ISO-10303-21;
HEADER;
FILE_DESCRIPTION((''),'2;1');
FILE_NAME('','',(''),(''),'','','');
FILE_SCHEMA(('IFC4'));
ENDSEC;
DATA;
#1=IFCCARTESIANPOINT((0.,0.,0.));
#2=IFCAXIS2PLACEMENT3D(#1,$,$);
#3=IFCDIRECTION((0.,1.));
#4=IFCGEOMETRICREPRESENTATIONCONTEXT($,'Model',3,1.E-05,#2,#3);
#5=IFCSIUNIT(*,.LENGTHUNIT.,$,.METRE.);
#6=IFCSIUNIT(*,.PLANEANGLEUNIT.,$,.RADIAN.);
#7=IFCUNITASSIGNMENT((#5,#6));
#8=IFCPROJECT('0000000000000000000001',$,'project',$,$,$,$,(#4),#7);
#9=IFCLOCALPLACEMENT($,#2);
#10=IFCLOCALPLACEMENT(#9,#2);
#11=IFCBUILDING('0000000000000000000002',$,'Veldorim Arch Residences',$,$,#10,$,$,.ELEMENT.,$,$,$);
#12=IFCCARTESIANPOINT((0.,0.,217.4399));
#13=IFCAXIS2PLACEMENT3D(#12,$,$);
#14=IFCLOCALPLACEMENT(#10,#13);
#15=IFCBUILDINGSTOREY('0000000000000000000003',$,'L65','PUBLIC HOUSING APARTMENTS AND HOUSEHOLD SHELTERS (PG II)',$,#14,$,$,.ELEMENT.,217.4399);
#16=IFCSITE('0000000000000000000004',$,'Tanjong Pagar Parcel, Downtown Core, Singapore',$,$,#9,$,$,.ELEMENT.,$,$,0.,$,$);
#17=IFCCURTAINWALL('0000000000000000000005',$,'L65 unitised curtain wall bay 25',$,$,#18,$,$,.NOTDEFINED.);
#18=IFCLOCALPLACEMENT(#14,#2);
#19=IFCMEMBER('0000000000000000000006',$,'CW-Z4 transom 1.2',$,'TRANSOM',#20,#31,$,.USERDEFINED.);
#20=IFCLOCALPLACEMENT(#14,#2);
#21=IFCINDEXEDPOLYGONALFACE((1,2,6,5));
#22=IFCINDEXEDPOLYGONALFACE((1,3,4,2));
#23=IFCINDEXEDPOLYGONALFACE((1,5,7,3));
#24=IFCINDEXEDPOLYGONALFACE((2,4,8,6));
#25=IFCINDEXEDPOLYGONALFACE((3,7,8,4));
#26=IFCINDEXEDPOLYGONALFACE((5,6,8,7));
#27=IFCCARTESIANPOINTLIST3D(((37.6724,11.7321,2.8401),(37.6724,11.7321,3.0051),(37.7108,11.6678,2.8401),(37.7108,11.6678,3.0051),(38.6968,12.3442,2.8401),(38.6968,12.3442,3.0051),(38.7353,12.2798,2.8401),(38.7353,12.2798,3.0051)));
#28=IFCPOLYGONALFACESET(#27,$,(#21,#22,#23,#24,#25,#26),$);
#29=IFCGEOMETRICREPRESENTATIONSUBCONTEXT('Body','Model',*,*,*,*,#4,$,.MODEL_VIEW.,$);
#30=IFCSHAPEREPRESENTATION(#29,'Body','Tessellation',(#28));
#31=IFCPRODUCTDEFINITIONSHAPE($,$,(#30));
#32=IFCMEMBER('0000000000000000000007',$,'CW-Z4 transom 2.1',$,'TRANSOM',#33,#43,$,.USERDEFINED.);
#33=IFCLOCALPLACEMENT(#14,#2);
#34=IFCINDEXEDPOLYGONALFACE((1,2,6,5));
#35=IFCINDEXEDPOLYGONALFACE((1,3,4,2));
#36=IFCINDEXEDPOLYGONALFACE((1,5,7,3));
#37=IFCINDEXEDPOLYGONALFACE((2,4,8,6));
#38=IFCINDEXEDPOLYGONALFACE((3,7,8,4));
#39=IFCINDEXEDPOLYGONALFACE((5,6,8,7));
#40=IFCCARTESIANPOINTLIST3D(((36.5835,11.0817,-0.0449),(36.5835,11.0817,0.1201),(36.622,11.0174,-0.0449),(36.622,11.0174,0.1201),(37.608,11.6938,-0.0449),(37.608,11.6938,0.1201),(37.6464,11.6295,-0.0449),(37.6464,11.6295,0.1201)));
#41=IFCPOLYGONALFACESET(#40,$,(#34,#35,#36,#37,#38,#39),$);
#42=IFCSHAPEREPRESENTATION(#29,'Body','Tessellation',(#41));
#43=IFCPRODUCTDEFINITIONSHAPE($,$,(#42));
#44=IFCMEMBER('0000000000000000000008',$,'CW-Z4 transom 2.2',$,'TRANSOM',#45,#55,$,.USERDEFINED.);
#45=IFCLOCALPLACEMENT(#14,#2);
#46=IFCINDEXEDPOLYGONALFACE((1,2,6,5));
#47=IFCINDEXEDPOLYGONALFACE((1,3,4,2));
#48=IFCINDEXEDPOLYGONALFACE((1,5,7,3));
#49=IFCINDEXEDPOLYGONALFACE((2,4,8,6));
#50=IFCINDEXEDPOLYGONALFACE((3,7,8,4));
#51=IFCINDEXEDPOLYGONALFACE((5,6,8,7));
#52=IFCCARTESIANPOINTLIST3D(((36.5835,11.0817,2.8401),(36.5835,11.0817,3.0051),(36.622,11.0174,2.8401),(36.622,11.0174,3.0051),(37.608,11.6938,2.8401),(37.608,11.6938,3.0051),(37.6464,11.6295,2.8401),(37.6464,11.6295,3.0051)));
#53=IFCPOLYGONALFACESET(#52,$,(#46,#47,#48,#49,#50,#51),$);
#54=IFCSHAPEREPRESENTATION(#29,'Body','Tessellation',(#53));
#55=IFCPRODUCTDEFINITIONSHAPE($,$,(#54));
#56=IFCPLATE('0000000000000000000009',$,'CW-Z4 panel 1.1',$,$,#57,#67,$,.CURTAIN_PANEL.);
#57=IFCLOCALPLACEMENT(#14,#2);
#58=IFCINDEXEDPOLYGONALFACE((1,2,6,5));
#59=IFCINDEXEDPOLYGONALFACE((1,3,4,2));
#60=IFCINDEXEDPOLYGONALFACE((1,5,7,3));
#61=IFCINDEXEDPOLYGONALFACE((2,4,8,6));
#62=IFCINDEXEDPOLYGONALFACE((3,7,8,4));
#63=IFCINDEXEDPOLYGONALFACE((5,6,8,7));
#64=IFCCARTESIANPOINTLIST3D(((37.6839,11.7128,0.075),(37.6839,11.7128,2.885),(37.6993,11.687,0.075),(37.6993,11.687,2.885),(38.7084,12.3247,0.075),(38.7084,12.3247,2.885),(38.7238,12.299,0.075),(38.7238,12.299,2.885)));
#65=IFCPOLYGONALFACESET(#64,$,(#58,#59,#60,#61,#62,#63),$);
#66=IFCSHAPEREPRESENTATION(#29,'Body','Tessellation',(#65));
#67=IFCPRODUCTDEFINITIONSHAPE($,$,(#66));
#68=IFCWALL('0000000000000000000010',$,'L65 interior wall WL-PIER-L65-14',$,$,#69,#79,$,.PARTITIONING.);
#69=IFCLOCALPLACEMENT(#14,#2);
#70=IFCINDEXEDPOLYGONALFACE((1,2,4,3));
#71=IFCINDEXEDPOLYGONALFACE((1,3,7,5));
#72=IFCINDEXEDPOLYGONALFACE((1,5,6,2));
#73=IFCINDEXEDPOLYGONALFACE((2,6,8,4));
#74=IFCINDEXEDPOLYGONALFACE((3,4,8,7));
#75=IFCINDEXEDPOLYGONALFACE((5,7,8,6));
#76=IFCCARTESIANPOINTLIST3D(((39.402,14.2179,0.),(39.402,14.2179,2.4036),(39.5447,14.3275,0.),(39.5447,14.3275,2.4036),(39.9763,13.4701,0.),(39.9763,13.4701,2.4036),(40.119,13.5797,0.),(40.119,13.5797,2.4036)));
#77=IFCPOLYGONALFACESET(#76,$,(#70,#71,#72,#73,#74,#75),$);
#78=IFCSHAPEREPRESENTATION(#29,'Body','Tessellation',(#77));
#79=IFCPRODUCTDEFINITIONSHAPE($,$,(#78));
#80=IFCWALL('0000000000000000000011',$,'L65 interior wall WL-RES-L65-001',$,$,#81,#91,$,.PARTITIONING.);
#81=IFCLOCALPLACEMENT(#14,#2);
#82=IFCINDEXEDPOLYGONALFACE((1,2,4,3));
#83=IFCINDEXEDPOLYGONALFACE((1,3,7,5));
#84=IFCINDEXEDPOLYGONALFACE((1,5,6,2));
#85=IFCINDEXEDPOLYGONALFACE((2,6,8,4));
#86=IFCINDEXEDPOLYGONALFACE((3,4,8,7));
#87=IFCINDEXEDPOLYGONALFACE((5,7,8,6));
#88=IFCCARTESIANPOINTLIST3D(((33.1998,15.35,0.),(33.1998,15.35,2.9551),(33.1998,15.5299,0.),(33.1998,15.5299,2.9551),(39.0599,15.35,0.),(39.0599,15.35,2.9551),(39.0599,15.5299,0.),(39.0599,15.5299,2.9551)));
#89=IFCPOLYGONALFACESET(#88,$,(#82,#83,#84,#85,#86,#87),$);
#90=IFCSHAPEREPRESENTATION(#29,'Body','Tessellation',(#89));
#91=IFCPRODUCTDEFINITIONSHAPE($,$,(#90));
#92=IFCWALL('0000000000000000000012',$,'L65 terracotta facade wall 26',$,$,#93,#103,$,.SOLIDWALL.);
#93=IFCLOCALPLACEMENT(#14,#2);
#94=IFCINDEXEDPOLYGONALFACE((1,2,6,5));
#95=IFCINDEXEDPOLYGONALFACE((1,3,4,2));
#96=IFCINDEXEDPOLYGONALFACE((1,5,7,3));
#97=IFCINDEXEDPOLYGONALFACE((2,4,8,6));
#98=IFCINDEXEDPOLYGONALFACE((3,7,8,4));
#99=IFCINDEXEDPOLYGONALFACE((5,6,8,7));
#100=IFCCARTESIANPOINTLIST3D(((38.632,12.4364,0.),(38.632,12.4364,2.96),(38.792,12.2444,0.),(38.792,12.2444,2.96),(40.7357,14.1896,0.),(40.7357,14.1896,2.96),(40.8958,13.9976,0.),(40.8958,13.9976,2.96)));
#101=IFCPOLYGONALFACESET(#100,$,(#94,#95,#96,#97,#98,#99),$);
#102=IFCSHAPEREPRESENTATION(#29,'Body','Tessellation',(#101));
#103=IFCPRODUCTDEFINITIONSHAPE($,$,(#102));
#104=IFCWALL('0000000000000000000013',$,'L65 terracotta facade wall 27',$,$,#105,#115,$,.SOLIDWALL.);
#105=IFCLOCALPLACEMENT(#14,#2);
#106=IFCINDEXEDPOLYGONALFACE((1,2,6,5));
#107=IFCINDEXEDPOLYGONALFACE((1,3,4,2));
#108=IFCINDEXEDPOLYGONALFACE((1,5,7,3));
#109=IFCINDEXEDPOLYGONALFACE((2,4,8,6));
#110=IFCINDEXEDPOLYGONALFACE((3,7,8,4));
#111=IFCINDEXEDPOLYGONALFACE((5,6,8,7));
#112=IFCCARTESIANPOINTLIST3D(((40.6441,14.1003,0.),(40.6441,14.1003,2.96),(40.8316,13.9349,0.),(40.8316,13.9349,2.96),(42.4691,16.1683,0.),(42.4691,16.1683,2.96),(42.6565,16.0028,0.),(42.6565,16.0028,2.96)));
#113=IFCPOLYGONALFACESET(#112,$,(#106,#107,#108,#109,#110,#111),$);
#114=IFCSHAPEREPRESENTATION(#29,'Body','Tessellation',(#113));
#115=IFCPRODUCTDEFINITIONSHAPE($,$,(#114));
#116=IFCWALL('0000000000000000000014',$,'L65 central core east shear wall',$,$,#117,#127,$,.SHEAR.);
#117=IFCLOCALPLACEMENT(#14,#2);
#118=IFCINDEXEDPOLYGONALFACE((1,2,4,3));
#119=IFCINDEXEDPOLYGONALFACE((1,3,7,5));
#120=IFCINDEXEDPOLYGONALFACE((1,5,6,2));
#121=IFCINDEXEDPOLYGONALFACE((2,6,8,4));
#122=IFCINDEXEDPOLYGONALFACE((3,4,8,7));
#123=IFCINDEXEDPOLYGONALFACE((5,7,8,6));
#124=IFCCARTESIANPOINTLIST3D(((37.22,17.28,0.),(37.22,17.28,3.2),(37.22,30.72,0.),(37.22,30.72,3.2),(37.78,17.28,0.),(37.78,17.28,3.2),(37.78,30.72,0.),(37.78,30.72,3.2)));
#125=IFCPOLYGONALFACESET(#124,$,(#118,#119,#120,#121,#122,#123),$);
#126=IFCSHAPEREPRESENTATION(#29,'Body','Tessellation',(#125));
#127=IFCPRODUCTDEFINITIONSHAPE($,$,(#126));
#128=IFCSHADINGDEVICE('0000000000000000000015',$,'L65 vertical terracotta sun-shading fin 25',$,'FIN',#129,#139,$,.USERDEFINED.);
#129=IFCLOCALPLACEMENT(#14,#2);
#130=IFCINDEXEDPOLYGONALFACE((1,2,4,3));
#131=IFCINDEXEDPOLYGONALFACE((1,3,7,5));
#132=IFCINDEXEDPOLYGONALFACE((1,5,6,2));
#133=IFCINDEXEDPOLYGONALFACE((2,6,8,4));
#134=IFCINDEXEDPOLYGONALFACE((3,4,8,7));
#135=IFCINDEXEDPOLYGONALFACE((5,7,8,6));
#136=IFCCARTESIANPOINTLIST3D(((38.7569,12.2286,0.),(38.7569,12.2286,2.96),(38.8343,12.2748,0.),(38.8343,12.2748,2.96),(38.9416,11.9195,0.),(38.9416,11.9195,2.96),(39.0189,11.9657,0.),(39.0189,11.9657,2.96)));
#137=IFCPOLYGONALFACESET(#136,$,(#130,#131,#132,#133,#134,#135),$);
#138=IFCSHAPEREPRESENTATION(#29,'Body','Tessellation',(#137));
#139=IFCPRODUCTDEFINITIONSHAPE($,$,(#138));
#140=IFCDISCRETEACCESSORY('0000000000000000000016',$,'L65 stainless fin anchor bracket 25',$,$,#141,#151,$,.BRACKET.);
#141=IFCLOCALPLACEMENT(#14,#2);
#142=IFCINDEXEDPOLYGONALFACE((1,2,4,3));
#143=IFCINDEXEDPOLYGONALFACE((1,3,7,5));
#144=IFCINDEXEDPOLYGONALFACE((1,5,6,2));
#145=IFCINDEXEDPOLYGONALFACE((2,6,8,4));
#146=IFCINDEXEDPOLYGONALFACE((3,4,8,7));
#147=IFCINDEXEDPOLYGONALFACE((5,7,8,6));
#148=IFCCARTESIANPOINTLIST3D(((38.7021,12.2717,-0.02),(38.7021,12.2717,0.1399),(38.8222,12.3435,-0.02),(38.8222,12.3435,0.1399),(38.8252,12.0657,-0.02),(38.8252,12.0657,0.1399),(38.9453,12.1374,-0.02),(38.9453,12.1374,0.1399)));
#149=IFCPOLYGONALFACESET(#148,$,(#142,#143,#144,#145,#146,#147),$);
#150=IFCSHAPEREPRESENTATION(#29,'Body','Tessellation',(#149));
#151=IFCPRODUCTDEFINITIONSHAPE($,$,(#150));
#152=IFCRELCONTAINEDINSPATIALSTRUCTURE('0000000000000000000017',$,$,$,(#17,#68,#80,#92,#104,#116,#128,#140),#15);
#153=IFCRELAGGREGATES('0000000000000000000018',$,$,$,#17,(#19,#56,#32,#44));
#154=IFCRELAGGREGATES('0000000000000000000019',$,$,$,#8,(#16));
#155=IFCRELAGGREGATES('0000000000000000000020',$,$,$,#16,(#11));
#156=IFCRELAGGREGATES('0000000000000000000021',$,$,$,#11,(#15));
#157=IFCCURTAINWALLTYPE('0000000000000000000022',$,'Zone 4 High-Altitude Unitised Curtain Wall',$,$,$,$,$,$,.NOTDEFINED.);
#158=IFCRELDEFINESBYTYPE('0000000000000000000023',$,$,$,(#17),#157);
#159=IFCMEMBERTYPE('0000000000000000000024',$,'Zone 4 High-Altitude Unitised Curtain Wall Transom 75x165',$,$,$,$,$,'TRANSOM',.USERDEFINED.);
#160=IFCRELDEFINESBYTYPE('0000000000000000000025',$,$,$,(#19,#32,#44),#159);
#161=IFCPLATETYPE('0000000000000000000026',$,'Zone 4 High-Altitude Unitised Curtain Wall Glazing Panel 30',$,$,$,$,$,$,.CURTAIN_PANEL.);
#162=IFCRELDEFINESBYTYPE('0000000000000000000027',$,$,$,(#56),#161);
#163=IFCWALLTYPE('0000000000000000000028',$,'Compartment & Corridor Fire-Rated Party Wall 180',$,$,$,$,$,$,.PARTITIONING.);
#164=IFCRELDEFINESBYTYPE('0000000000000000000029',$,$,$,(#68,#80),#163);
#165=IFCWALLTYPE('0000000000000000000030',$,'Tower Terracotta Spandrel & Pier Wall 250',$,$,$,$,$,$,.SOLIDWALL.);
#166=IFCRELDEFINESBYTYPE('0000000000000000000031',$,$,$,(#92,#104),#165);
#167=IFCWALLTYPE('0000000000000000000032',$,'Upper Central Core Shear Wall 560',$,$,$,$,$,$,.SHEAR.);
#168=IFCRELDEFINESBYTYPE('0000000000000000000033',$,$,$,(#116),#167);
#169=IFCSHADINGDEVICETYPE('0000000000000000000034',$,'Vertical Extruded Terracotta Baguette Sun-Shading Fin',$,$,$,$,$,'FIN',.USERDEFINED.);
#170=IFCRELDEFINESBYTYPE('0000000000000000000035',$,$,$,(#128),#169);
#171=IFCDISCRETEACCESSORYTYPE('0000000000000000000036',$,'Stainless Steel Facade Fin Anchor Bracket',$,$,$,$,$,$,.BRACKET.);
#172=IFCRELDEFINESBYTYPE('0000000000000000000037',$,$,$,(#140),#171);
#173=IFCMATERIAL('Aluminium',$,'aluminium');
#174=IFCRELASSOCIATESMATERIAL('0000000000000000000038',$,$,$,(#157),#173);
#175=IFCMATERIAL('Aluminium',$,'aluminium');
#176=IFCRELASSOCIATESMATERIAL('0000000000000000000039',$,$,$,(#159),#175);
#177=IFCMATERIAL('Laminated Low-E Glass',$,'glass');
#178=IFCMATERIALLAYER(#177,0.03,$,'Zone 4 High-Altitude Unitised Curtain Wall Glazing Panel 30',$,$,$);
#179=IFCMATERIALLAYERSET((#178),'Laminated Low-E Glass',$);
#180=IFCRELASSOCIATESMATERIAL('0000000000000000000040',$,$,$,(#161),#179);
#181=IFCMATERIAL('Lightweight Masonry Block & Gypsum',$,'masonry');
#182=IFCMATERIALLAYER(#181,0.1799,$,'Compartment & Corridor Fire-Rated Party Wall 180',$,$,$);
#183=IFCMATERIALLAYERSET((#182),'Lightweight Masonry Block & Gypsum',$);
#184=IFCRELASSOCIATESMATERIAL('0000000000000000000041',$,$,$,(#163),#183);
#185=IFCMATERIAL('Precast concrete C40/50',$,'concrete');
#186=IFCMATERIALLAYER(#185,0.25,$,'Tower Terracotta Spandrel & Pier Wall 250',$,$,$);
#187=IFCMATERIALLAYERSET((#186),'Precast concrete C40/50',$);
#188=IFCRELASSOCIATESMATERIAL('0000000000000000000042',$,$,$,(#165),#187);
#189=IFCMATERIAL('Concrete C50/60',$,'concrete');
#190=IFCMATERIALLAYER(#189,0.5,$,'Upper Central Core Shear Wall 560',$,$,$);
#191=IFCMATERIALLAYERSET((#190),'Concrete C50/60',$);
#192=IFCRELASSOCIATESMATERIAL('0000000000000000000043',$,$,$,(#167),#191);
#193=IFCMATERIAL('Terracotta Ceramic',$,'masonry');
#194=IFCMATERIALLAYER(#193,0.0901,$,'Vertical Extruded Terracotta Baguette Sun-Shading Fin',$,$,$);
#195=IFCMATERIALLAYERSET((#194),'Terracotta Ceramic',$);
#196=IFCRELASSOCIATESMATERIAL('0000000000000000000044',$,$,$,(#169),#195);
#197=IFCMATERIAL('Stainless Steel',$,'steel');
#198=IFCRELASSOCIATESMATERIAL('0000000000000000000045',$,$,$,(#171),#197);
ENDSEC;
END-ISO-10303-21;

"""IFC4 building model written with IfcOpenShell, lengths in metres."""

from ifc_helpers import new_model, si_unit, direction, frame, frame_2d, origin, origin_2d, place, context, subcontext, project, spatial, rectangle, extrude, material, layer, layer_set, material_profile, profile_set, type_object, element, aggregate, save


model = new_model("IFC4")

# Units and contexts
model_context = context("Model", 3, precision=1e-05, world=origin(), true_north=direction((0.0, 1.0)))
body_context = subcontext(model_context, "Body", "Model", "MODEL_VIEW")
ifc_project = project(units=[si_unit("LENGTHUNIT", "METRE"), si_unit("PLANEANGLEUNIT", "RADIAN")], contexts=[model_context])

# Site, building, storey
site_placement = place(None, origin())
site = spatial("IfcSite", under=ifc_project, at=site_placement, Name="Tanjong Pagar Parcel, Downtown Core, Singapore", CompositionType="ELEMENT", RefElevation=0.0)
building_placement = place(site_placement, origin())
building = spatial("IfcBuilding", under=site, at=building_placement, Name="Veldorim Arch Residences", CompositionType="ELEMENT")
storey_placement = place(building_placement, frame((0.0, 0.0, 217.4399)))
storey = spatial("IfcBuildingStorey", under=building, at=storey_placement, Name="L65", Description="PUBLIC HOUSING APARTMENTS AND HOUSEHOLD SHELTERS (PG II)", CompositionType="ELEMENT", Elevation=217.4399)

# Curtain wall, members, plate
ifc_material_1 = material(Name="Aluminium", Category="aluminium")
curtain_wall_type = type_object("IfcCurtainWallType", Name="Zone 4 High-Altitude Unitised Curtain Wall", PredefinedType="NOTDEFINED", material=ifc_material_1)
curtain_wall_placement = place(storey_placement, origin())
curtain_wall = element("IfcCurtainWall", 1, at=curtain_wall_placement, inside=storey, type_object=curtain_wall_type, Name="L65 unitised curtain wall bay 25", PredefinedType="NOTDEFINED")
ifc_material_2 = material(Name="Aluminium", Category="aluminium")
ifc_material_profile_1 = material_profile(ifc_material_2, rectangle(XDim=0.075, YDim=0.165, at=origin_2d()), Name="ALU_TRN_75x165")
ifc_profile_set_1 = profile_set([ifc_material_profile_1], Name="Aluminium")
member_type_1 = type_object("IfcMemberType", Name="Zone 4 High-Altitude Unitised Curtain Wall Transom 75x165", ElementType="TRANSOM", PredefinedType="USERDEFINED", material=ifc_profile_set_1)
member_1_placement = place(storey_placement, frame((38.7161, 12.312, 2.9226), z_axis=(-0.858448, -0.5129, 0.0), x_axis=(0.5129, -0.858448, 0.0)))
member_1 = element("IfcMember", 2, at=member_1_placement, type_object=member_type_1, Name="CW-Z4 transom 1.2", ObjectType="TRANSOM", PredefinedType="USERDEFINED", context=body_context, shape_type="SweptSolid", body=[
    extrude(rectangle(XDim=0.075, YDim=0.165, at=origin_2d()), origin(), (0.0, 0.0, 1.0), 1.1934),
])
member_2_placement = place(storey_placement, frame((37.6272, 11.6616, 0.0376), z_axis=(-0.858448, -0.5129, 0.0), x_axis=(0.5129, -0.858448, 0.0)))
member_2 = element("IfcMember", 3, at=member_2_placement, type_object=member_type_1, Name="CW-Z4 transom 2.1", ObjectType="TRANSOM", PredefinedType="USERDEFINED", context=body_context, shape_type="SweptSolid", body=[
    extrude(rectangle(XDim=0.075, YDim=0.165, at=origin_2d()), origin(), (0.0, 0.0, 1.0), 1.1934),
])
member_3_placement = place(storey_placement, frame((37.6272, 11.6616, 2.9226), z_axis=(-0.858448, -0.5129, 0.0), x_axis=(0.5129, -0.858448, 0.0)))
member_3 = element("IfcMember", 4, at=member_3_placement, type_object=member_type_1, Name="CW-Z4 transom 2.2", ObjectType="TRANSOM", PredefinedType="USERDEFINED", context=body_context, shape_type="SweptSolid", body=[
    extrude(rectangle(XDim=0.075, YDim=0.165, at=origin_2d()), origin(), (0.0, 0.0, 1.0), 1.1934),
])
ifc_material_3 = material(Name="Laminated Low-E Glass", Category="glass")
ifc_layer_1 = layer(ifc_material_3, 0.03, Name="Zone 4 High-Altitude Unitised Curtain Wall Glazing Panel 30")
ifc_layer_set_1 = layer_set([ifc_layer_1], Name="Laminated Low-E Glass")
plate_type = type_object("IfcPlateType", Name="Zone 4 High-Altitude Unitised Curtain Wall Glazing Panel 30", PredefinedType="CURTAIN_PANEL", material=ifc_layer_set_1)
plate_placement = place(storey_placement, frame((38.2039, 12.0059, 0.075), z_axis=(0.0, 0.0, 1.0), x_axis=(-0.858498, -0.512817, 0.0)))
plate = element("IfcPlate", 5, at=plate_placement, type_object=plate_type, Name="CW-Z4 panel 1.1", PredefinedType="CURTAIN_PANEL", context=body_context, shape_type="SweptSolid", body=[
    extrude(rectangle(XDim=1.1934, YDim=0.03, at=origin_2d()), origin(), (0.0, 0.0, 1.0), 2.8101),
])
aggregate(curtain_wall, [member_1, plate, member_2, member_3])

# Walls
ifc_material_4 = material(Name="Lightweight Masonry Block & Gypsum", Category="masonry")
ifc_layer_2 = layer(ifc_material_4, 0.1799, Name="Compartment & Corridor Fire-Rated Party Wall 180")
ifc_layer_set_2 = layer_set([ifc_layer_2], Name="Lightweight Masonry Block & Gypsum")
wall_type_1 = type_object("IfcWallType", Name="Compartment & Corridor Fire-Rated Party Wall 180", PredefinedType="PARTITIONING", material=ifc_layer_set_2)
wall_1_placement = place(storey_placement, frame((39.4734, 14.2727, 0.0), z_axis=(0.0, 0.0, 1.0), x_axis=(0.609035, -0.793144, 0.0)))
element("IfcWall", 6, at=wall_1_placement, inside=storey, type_object=wall_type_1, Name="L65 interior wall WL-PIER-L65-14", PredefinedType="PARTITIONING", context=body_context, shape_type="SweptSolid", body=[
    extrude(rectangle(XDim=0.9429, YDim=0.1799, at=frame_2d((0.4714, 0.0))), origin(), (0.0, 0.0, 1.0), 2.4036),
])
wall_2_placement = place(storey_placement, frame((39.0601, 15.4399, 0.0), z_axis=(0.0, 0.0, 1.0), x_axis=(-1.0, 0.0, 0.0)))
element("IfcWall", 7, at=wall_2_placement, inside=storey, type_object=wall_type_1, Name="L65 interior wall WL-RES-L65-001", PredefinedType="PARTITIONING", context=body_context, shape_type="SweptSolid", body=[
    extrude(rectangle(XDim=5.8601, YDim=0.1799, at=frame_2d((2.9302, 0.0))), origin(), (0.0, 0.0, 1.0), 2.9551),
])
ifc_material_5 = material(Name="Precast concrete C40/50", Category="concrete")
ifc_layer_3 = layer(ifc_material_5, 0.25, Name="Tower Terracotta Spandrel & Pier Wall 250")
ifc_layer_set_3 = layer_set([ifc_layer_3], Name="Precast concrete C40/50")
wall_type_2 = type_object("IfcWallType", Name="Tower Terracotta Spandrel & Pier Wall 250", PredefinedType="SOLIDWALL", material=ifc_layer_set_3)
wall_3_placement = place(storey_placement, frame((40.8157, 14.0935, 0.0), z_axis=(0.0, 0.0, 1.0), x_axis=(-0.768214, -0.640193, 0.0)))
element("IfcWall", 8, at=wall_3_placement, inside=storey, type_object=wall_type_2, Name="L65 terracotta facade wall 26", PredefinedType="SOLIDWALL", context=body_context, shape_type="SweptSolid", body=[
    extrude(rectangle(XDim=2.7385, YDim=0.25, at=frame_2d((1.3691, 0.0))), origin(), (0.0, 0.0, 1.0), 2.96),
])
wall_4_placement = place(storey_placement, frame((42.5627, 16.0854, 0.0), z_axis=(0.0, 0.0, 1.0), x_axis=(-0.661695, -0.749773, 0.0)))
element("IfcWall", 9, at=wall_4_placement, inside=storey, type_object=wall_type_2, Name="L65 terracotta facade wall 27", PredefinedType="SOLIDWALL", context=body_context, shape_type="SweptSolid", body=[
    extrude(rectangle(XDim=2.7581, YDim=0.25, at=frame_2d((1.3789, 0.0))), origin(), (0.0, 0.0, 1.0), 2.96),
])
ifc_material_6 = material(Name="Concrete C50/60", Category="concrete")
ifc_layer_4 = layer(ifc_material_6, 0.5, Name="Upper Central Core Shear Wall 560")
ifc_layer_set_4 = layer_set([ifc_layer_4], Name="Concrete C50/60")
wall_type_3 = type_object("IfcWallType", Name="Upper Central Core Shear Wall 560", PredefinedType="SHEAR", material=ifc_layer_set_4)
wall_5_placement = place(storey_placement, frame((37.5, 17.28, 0.0), z_axis=(0.0, 0.0, 1.0), x_axis=(0.0, 1.0, 0.0)))
element("IfcWall", 10, at=wall_5_placement, inside=storey, type_object=wall_type_3, Name="L65 central core east shear wall", PredefinedType="SHEAR", context=body_context, shape_type="SweptSolid", body=[
    extrude(rectangle(XDim=13.4399, YDim=0.5601, at=frame_2d((6.72, 0.0))), origin(), (0.0, 0.0, 1.0), 3.2),
])

# Shading device
ifc_material_7 = material(Name="Terracotta Ceramic", Category="masonry")
ifc_layer_5 = layer(ifc_material_7, 0.0901, Name="Vertical Extruded Terracotta Baguette Sun-Shading Fin")
ifc_layer_set_5 = layer_set([ifc_layer_5], Name="Terracotta Ceramic")
shading_device_type = type_object("IfcShadingDeviceType", Name="Vertical Extruded Terracotta Baguette Sun-Shading Fin", ElementType="FIN", PredefinedType="USERDEFINED", material=ifc_layer_set_5)
shading_device_placement = place(storey_placement, frame((38.8879, 12.0972, 0.0), z_axis=(0.0, 0.0, 1.0), x_axis=(-0.858513, -0.512792, 0.0)))
element("IfcShadingDevice", 11, at=shading_device_placement, inside=storey, type_object=shading_device_type, Name="L65 vertical terracotta sun-shading fin 25", ObjectType="FIN", PredefinedType="USERDEFINED", context=body_context, shape_type="SweptSolid", body=[
    extrude(rectangle(XDim=0.0901, YDim=0.3601, at=origin_2d()), origin(), (0.0, 0.0, 1.0), 2.96),
])

# Discrete accessory
ifc_material_8 = material(Name="Stainless Steel", Category="steel")
discrete_accessory_type = type_object("IfcDiscreteAccessoryType", Name="Stainless Steel Facade Fin Anchor Bracket", PredefinedType="BRACKET", material=ifc_material_8)
discrete_accessory_placement = place(storey_placement, frame((38.8237, 12.2046, -0.02), z_axis=(0.0, 0.0, 1.0), x_axis=(-0.858513, -0.512792, 0.0)))
element("IfcDiscreteAccessory", 12, at=discrete_accessory_placement, inside=storey, type_object=discrete_accessory_type, Name="L65 stainless fin anchor bracket 25", PredefinedType="BRACKET", context=body_context, shape_type="SweptSolid", body=[
    extrude(rectangle(XDim=0.1399, YDim=0.24, at=origin_2d()), origin(), (0.0, 0.0, 1.0), 0.1599),
])

save(model, "model.ifc")
